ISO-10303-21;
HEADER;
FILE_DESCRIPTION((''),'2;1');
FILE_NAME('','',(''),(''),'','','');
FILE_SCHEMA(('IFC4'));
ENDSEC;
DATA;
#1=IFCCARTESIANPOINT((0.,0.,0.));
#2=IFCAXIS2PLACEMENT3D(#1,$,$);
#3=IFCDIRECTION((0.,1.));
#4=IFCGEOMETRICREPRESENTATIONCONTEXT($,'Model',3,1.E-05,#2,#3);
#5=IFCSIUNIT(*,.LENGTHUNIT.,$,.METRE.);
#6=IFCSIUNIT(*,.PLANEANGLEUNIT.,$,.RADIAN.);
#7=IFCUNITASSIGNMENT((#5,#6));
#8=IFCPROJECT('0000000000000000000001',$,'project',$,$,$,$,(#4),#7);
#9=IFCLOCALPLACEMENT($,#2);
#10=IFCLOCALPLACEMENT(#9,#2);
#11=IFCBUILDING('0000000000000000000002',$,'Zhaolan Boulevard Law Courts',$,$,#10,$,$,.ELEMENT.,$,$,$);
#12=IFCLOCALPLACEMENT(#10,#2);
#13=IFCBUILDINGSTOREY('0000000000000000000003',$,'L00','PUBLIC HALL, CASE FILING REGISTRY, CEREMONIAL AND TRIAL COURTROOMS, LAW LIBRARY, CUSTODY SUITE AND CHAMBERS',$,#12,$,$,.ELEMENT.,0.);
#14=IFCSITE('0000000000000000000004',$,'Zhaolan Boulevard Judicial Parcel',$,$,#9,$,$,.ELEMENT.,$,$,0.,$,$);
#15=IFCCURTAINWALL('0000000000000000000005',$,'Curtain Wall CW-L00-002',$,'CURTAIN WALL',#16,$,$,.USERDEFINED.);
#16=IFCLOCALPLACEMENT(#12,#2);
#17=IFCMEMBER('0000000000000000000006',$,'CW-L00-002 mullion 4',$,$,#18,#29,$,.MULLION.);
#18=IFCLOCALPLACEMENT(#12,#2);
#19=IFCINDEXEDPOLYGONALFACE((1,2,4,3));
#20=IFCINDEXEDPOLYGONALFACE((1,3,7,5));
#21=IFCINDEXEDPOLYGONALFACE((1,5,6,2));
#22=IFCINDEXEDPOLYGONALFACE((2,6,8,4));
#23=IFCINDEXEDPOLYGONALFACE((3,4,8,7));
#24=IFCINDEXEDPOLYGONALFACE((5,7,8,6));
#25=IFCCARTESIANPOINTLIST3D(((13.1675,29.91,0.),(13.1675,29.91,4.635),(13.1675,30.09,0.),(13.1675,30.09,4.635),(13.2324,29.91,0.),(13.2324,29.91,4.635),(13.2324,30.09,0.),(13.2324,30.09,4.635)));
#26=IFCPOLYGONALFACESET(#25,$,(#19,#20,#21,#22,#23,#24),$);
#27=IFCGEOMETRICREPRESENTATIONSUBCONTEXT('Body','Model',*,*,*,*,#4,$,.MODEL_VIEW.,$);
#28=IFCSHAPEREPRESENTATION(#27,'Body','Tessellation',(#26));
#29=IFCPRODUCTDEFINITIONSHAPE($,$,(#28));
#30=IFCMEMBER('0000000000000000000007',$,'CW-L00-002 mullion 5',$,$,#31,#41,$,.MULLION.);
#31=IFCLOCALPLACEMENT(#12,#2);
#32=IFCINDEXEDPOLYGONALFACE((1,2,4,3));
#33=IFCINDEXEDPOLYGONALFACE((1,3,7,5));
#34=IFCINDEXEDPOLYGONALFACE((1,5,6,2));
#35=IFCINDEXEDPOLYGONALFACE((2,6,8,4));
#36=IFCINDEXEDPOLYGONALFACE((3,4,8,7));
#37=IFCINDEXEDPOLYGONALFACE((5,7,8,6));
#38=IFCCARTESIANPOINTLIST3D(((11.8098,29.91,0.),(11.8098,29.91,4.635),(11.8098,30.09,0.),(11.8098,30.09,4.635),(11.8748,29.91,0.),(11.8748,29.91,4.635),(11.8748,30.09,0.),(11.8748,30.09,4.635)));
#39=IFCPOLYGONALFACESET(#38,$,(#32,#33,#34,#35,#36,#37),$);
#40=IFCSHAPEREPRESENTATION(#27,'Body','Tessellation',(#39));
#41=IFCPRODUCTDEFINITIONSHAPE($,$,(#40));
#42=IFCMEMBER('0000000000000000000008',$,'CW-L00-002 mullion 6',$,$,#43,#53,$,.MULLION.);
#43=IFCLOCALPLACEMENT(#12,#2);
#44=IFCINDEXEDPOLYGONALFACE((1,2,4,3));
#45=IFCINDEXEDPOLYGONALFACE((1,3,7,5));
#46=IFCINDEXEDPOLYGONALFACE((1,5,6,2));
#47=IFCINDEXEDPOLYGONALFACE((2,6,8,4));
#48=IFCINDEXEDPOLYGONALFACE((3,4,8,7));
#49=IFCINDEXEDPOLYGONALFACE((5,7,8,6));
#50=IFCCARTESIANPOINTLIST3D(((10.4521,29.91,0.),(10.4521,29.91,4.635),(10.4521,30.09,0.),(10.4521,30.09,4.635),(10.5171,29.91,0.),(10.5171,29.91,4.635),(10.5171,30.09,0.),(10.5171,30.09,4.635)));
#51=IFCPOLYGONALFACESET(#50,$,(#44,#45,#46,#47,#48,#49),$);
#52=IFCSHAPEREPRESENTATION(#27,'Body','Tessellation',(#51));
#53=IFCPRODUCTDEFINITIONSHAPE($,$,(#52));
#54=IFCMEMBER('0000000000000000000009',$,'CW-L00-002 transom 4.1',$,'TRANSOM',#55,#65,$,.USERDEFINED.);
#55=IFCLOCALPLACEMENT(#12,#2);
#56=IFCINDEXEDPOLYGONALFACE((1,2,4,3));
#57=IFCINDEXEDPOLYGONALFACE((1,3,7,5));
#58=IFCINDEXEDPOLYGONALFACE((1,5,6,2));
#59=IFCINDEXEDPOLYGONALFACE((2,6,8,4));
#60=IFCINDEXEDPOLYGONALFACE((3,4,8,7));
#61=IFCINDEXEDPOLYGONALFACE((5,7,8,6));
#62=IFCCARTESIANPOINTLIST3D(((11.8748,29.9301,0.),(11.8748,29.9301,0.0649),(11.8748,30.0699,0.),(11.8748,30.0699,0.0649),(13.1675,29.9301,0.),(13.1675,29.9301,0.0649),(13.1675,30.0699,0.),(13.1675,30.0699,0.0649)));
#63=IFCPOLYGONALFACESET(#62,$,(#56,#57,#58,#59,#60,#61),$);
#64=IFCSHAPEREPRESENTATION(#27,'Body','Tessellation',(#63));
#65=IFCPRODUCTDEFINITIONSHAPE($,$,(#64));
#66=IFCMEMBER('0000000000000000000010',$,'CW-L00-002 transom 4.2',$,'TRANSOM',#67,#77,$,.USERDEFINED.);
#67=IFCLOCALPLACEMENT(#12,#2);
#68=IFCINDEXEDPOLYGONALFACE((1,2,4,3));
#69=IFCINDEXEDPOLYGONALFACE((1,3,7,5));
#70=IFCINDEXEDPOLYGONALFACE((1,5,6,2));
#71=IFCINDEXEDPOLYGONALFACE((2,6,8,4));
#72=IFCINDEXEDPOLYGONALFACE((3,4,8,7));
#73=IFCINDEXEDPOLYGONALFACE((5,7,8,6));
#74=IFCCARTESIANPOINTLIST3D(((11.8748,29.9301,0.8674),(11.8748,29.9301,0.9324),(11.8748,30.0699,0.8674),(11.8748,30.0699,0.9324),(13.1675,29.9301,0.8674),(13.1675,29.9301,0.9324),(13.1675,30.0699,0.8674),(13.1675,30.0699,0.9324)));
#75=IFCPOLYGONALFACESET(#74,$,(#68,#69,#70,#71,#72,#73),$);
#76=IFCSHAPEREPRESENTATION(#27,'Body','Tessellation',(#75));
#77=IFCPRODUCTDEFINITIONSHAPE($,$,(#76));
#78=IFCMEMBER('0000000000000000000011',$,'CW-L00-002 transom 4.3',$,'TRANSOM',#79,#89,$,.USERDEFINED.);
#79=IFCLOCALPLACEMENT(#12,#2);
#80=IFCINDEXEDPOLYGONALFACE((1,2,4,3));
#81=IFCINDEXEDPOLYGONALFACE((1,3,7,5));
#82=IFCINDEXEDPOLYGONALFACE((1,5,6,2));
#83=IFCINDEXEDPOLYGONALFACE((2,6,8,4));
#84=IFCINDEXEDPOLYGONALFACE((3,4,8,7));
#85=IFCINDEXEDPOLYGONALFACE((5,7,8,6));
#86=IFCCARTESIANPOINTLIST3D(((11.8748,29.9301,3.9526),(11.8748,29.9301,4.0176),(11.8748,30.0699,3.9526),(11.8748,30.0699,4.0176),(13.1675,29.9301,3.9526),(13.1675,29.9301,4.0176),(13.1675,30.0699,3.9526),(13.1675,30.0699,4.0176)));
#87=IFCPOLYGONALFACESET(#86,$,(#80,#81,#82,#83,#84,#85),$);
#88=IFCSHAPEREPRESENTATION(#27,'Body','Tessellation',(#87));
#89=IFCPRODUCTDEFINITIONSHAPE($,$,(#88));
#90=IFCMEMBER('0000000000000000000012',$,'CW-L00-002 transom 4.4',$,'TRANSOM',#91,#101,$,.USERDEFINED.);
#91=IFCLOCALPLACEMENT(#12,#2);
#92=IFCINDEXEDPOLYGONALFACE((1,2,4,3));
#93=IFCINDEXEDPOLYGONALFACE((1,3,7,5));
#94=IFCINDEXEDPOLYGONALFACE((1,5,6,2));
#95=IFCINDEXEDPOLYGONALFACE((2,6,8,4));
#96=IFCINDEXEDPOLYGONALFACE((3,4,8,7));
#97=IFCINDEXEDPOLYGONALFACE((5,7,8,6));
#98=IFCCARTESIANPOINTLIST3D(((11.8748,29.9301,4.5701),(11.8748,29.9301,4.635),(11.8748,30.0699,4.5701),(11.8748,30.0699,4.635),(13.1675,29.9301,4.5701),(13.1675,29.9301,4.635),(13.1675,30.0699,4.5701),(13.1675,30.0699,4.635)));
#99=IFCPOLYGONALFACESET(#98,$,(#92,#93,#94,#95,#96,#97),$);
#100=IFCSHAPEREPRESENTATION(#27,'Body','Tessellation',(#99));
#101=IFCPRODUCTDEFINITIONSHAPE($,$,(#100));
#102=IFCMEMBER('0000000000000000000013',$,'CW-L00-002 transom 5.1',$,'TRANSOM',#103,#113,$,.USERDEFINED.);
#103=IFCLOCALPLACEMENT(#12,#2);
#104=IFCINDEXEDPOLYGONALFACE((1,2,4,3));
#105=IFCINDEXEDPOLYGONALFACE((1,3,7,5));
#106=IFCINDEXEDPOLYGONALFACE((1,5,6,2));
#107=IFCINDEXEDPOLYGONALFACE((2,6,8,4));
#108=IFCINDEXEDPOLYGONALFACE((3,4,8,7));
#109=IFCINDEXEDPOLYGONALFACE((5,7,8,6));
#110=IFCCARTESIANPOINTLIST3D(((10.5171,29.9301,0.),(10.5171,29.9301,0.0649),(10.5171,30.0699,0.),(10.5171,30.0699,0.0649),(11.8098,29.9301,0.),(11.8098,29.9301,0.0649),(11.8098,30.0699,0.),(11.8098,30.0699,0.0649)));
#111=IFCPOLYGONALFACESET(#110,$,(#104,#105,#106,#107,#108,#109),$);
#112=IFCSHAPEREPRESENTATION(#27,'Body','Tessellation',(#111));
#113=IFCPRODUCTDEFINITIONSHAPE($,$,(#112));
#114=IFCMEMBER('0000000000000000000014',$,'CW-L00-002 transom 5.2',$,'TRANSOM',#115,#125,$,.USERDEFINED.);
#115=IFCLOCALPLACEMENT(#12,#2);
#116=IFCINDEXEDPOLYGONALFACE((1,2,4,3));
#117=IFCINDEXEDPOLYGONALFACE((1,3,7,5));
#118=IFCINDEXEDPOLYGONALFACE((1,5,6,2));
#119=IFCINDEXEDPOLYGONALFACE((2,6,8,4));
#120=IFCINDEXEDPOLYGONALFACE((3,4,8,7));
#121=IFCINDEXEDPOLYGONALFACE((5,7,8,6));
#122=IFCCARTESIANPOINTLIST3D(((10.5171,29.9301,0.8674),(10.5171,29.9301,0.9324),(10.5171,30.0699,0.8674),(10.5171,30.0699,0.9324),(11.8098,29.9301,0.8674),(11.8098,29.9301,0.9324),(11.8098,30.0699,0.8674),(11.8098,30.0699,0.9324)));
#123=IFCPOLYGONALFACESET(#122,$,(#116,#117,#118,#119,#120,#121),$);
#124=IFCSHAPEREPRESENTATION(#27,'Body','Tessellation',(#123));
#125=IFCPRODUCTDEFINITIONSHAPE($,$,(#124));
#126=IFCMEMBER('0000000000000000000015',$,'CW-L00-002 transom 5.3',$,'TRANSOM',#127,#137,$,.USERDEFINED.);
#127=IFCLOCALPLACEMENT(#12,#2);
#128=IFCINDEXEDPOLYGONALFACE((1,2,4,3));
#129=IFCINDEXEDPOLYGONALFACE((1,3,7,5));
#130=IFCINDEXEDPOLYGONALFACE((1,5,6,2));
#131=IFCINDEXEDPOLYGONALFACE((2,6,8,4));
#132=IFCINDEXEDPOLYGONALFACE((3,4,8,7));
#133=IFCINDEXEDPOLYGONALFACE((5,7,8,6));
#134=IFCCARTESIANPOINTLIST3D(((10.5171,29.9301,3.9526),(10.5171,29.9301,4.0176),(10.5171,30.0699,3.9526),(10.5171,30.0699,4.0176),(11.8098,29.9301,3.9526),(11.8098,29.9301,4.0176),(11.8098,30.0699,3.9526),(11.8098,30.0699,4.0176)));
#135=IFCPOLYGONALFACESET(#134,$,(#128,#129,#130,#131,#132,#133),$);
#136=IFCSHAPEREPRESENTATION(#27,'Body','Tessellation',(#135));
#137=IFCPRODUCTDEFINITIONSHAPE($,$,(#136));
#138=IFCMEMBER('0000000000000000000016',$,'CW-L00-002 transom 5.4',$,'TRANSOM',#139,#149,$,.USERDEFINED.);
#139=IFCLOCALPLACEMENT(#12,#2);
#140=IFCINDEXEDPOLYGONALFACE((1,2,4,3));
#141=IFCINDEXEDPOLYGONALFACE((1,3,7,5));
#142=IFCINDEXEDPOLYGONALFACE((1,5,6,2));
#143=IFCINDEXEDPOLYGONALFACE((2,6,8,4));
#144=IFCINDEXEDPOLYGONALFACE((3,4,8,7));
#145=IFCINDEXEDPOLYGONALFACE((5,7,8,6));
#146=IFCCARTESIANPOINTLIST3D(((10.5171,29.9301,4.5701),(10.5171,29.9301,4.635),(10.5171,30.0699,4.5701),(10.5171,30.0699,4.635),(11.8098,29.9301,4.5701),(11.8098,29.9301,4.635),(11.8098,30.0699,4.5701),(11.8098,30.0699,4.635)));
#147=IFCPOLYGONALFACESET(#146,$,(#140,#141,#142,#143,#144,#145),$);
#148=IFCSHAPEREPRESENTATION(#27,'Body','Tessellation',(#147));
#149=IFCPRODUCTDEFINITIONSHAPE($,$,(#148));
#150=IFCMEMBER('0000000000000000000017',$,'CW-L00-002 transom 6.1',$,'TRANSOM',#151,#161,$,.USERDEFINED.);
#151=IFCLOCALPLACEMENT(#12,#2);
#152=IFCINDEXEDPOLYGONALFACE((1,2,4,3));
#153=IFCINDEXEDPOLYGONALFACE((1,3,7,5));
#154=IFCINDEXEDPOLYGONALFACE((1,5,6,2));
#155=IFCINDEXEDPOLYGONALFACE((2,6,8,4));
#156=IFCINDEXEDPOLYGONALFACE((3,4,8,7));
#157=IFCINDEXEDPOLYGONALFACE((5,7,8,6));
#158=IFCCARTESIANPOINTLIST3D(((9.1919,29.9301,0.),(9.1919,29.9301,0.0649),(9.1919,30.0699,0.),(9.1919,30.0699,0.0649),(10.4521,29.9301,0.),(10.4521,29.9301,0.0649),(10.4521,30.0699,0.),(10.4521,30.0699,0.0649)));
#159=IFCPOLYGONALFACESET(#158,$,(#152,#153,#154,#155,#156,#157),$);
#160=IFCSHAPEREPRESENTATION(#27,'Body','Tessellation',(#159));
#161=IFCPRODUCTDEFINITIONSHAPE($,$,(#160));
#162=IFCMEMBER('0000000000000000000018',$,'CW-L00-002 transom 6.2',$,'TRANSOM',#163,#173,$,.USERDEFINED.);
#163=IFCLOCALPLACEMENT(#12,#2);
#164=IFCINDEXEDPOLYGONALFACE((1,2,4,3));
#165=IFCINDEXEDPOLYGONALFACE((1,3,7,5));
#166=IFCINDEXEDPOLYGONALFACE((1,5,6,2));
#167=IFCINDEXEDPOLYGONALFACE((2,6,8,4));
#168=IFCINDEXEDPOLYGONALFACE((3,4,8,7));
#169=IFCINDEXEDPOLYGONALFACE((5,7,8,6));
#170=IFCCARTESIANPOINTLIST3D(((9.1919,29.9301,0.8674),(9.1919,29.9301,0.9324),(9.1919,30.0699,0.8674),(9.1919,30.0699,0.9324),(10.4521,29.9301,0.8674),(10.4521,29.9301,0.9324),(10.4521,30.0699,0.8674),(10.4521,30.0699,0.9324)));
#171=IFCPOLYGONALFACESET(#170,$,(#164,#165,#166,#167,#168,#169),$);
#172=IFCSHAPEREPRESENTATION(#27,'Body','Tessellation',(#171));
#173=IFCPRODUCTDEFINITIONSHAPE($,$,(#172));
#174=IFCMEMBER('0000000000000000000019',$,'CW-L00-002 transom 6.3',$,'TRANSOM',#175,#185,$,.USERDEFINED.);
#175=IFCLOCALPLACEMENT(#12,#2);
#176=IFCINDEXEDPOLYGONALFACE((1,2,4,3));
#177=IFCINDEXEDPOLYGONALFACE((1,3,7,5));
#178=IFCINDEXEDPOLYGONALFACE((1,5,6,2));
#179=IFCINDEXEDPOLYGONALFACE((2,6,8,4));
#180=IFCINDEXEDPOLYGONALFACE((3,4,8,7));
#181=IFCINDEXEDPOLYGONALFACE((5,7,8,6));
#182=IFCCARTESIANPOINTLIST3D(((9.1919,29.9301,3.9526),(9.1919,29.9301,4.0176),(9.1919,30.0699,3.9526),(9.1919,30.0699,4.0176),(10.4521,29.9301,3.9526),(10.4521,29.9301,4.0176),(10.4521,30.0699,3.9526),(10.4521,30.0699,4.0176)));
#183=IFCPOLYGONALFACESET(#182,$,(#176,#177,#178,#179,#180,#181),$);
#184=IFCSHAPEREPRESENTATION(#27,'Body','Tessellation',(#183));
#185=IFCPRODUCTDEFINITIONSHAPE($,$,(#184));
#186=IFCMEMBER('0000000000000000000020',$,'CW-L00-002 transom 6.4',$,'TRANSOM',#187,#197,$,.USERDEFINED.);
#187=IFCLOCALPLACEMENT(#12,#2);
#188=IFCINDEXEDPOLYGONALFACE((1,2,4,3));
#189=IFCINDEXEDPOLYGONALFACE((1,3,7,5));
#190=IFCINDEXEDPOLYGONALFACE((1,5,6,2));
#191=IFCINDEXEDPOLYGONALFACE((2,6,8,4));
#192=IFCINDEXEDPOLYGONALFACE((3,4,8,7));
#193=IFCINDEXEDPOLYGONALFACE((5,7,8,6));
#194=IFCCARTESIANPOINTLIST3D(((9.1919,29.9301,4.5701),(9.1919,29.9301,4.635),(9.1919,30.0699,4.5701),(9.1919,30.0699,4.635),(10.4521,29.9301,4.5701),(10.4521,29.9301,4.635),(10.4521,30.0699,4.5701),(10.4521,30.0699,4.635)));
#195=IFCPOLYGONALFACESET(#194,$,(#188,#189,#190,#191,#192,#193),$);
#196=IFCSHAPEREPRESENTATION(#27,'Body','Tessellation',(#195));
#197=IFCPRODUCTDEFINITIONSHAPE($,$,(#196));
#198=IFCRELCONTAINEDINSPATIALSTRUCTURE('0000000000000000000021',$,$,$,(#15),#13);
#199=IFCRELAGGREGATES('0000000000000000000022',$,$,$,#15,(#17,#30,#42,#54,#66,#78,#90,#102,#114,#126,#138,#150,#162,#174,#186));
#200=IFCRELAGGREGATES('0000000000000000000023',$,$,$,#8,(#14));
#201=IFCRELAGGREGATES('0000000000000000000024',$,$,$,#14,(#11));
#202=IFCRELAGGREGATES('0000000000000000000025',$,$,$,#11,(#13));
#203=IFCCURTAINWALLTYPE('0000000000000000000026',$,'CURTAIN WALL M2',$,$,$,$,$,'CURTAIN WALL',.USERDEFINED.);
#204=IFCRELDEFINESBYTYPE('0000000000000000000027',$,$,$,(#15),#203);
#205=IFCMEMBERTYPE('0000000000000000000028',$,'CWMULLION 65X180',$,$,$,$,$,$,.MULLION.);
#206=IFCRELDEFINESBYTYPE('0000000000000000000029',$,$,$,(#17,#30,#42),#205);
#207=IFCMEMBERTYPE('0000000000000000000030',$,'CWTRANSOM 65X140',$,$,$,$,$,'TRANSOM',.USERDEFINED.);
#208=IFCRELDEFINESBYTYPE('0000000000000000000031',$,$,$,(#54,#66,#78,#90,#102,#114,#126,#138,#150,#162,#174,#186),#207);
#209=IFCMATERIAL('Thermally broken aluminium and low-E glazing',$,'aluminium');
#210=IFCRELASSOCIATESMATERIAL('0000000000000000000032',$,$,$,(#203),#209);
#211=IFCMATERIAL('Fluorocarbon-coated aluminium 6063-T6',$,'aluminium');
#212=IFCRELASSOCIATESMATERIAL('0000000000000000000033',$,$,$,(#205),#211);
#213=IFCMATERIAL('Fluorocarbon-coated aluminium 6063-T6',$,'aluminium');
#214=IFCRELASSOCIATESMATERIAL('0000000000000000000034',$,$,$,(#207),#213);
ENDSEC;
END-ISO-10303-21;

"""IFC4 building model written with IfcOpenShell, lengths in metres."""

from ifc_helpers import new_model, si_unit, direction, frame, origin, origin_2d, place, context, subcontext, project, spatial, rectangle, extrude, material, material_profile, profile_set, type_object, element, aggregate, save


model = new_model("IFC4")

# Units and contexts
model_context = context("Model", 3, precision=1e-05, world=origin(), true_north=direction((0.0, 1.0)))
body_context = subcontext(model_context, "Body", "Model", "MODEL_VIEW")
ifc_project = project(units=[si_unit("LENGTHUNIT", "METRE"), si_unit("PLANEANGLEUNIT", "RADIAN")], contexts=[model_context])

# Site, building, storey
site_placement = place(None, origin())
site = spatial("IfcSite", under=ifc_project, at=site_placement, Name="Zhaolan Boulevard Judicial Parcel", CompositionType="ELEMENT", RefElevation=0.0)
building_placement = place(site_placement, origin())
building = spatial("IfcBuilding", under=site, at=building_placement, Name="Zhaolan Boulevard Law Courts", CompositionType="ELEMENT")
storey_placement = place(building_placement, origin())
storey = spatial("IfcBuildingStorey", under=building, at=storey_placement, Name="L00", Description="PUBLIC HALL, CASE FILING REGISTRY, CEREMONIAL AND TRIAL COURTROOMS, LAW LIBRARY, CUSTODY SUITE AND CHAMBERS", CompositionType="ELEMENT", Elevation=0.0)

# Curtain wall, members
ifc_material_1 = material(Name="Thermally broken aluminium and low-E glazing", Category="aluminium")
curtain_wall_type = type_object("IfcCurtainWallType", Name="CURTAIN WALL M2", ElementType="CURTAIN WALL", PredefinedType="USERDEFINED", material=ifc_material_1)
curtain_wall_placement = place(storey_placement, origin())
curtain_wall = element("IfcCurtainWall", 1, at=curtain_wall_placement, inside=storey, type_object=curtain_wall_type, Name="Curtain Wall CW-L00-002", ObjectType="CURTAIN WALL", PredefinedType="USERDEFINED")
ifc_material_2 = material(Name="Fluorocarbon-coated aluminium 6063-T6", Category="aluminium")
ifc_material_profile_1 = material_profile(ifc_material_2, rectangle(XDim=0.1799, YDim=0.0649, at=origin_2d()), Name="AL65x180")
ifc_profile_set_1 = profile_set([ifc_material_profile_1], Name="Fluorocarbon-coated aluminium 6063-T6")
member_type_1 = type_object("IfcMemberType", Name="CWMULLION 65X180", PredefinedType="MULLION", material=ifc_profile_set_1)
member_1_placement = place(storey_placement, frame((13.2, 30.0, 0.0), z_axis=(0.0, 0.0, 1.0), x_axis=(0.0, -1.0, 0.0)))
member_1 = element("IfcMember", 2, at=member_1_placement, type_object=member_type_1, Name="CW-L00-002 mullion 4", PredefinedType="MULLION", context=body_context, shape_type="SweptSolid", body=[
    extrude(rectangle(XDim=0.1799, YDim=0.0649, at=origin_2d()), origin(), (0.0, 0.0, 1.0), 4.635),
])
member_2_placement = place(storey_placement, frame((11.8423, 30.0, 0.0), z_axis=(0.0, 0.0, 1.0), x_axis=(0.0, -1.0, 0.0)))
member_2 = element("IfcMember", 3, at=member_2_placement, type_object=member_type_1, Name="CW-L00-002 mullion 5", PredefinedType="MULLION", context=body_context, shape_type="SweptSolid", body=[
    extrude(rectangle(XDim=0.1799, YDim=0.0649, at=origin_2d()), origin(), (0.0, 0.0, 1.0), 4.635),
])
member_3_placement = place(storey_placement, frame((10.4846, 30.0, 0.0), z_axis=(0.0, 0.0, 1.0), x_axis=(0.0, -1.0, 0.0)))
member_3 = element("IfcMember", 4, at=member_3_placement, type_object=member_type_1, Name="CW-L00-002 mullion 6", PredefinedType="MULLION", context=body_context, shape_type="SweptSolid", body=[
    extrude(rectangle(XDim=0.1799, YDim=0.0649, at=origin_2d()), origin(), (0.0, 0.0, 1.0), 4.635),
])
ifc_material_3 = material(Name="Fluorocarbon-coated aluminium 6063-T6", Category="aluminium")
ifc_material_profile_2 = material_profile(ifc_material_3, rectangle(XDim=0.1399, YDim=0.0649, at=origin_2d()), Name="AL65x140")
ifc_profile_set_2 = profile_set([ifc_material_profile_2], Name="Fluorocarbon-coated aluminium 6063-T6")
member_type_2 = type_object("IfcMemberType", Name="CWTRANSOM 65X140", ElementType="TRANSOM", PredefinedType="USERDEFINED", material=ifc_profile_set_2)
member_4_placement = place(storey_placement, frame((13.1675, 30.0, 0.0325), z_axis=(-1.0, 0.0, 0.0), x_axis=(0.0, -1.0, 0.0)))
member_4 = element("IfcMember", 5, at=member_4_placement, type_object=member_type_2, Name="CW-L00-002 transom 4.1", ObjectType="TRANSOM", PredefinedType="USERDEFINED", context=body_context, shape_type="SweptSolid", body=[
    extrude(rectangle(XDim=0.1399, YDim=0.0649, at=origin_2d()), origin(), (0.0, 0.0, 1.0), 1.2927),
])
member_5_placement = place(storey_placement, frame((13.1675, 30.0, 0.8999), z_axis=(-1.0, 0.0, 0.0), x_axis=(0.0, -1.0, 0.0)))
member_5 = element("IfcMember", 6, at=member_5_placement, type_object=member_type_2, Name="CW-L00-002 transom 4.2", ObjectType="TRANSOM", PredefinedType="USERDEFINED", context=body_context, shape_type="SweptSolid", body=[
    extrude(rectangle(XDim=0.1399, YDim=0.0649, at=origin_2d()), origin(), (0.0, 0.0, 1.0), 1.2927),
])
member_6_placement = place(storey_placement, frame((13.1675, 30.0, 3.9851), z_axis=(-1.0, 0.0, 0.0), x_axis=(0.0, -1.0, 0.0)))
member_6 = element("IfcMember", 7, at=member_6_placement, type_object=member_type_2, Name="CW-L00-002 transom 4.3", ObjectType="TRANSOM", PredefinedType="USERDEFINED", context=body_context, shape_type="SweptSolid", body=[
    extrude(rectangle(XDim=0.1399, YDim=0.0649, at=origin_2d()), origin(), (0.0, 0.0, 1.0), 1.2927),
])
member_7_placement = place(storey_placement, frame((13.1675, 30.0, 4.6025), z_axis=(-1.0, 0.0, 0.0), x_axis=(0.0, -1.0, 0.0)))
member_7 = element("IfcMember", 8, at=member_7_placement, type_object=member_type_2, Name="CW-L00-002 transom 4.4", ObjectType="TRANSOM", PredefinedType="USERDEFINED", context=body_context, shape_type="SweptSolid", body=[
    extrude(rectangle(XDim=0.1399, YDim=0.0649, at=origin_2d()), origin(), (0.0, 0.0, 1.0), 1.2927),
])
member_8_placement = place(storey_placement, frame((11.8098, 30.0, 0.0325), z_axis=(-1.0, 0.0, 0.0), x_axis=(0.0, -1.0, 0.0)))
member_8 = element("IfcMember", 9, at=member_8_placement, type_object=member_type_2, Name="CW-L00-002 transom 5.1", ObjectType="TRANSOM", PredefinedType="USERDEFINED", context=body_context, shape_type="SweptSolid", body=[
    extrude(rectangle(XDim=0.1399, YDim=0.0649, at=origin_2d()), origin(), (0.0, 0.0, 1.0), 1.2927),
])
member_9_placement = place(storey_placement, frame((11.8098, 30.0, 0.8999), z_axis=(-1.0, 0.0, 0.0), x_axis=(0.0, -1.0, 0.0)))
member_9 = element("IfcMember", 10, at=member_9_placement, type_object=member_type_2, Name="CW-L00-002 transom 5.2", ObjectType="TRANSOM", PredefinedType="USERDEFINED", context=body_context, shape_type="SweptSolid", body=[
    extrude(rectangle(XDim=0.1399, YDim=0.0649, at=origin_2d()), origin(), (0.0, 0.0, 1.0), 1.2927),
])
member_10_placement = place(storey_placement, frame((11.8098, 30.0, 3.9851), z_axis=(-1.0, 0.0, 0.0), x_axis=(0.0, -1.0, 0.0)))
member_10 = element("IfcMember", 11, at=member_10_placement, type_object=member_type_2, Name="CW-L00-002 transom 5.3", ObjectType="TRANSOM", PredefinedType="USERDEFINED", context=body_context, shape_type="SweptSolid", body=[
    extrude(rectangle(XDim=0.1399, YDim=0.0649, at=origin_2d()), origin(), (0.0, 0.0, 1.0), 1.2927),
])
member_11_placement = place(storey_placement, frame((11.8098, 30.0, 4.6025), z_axis=(-1.0, 0.0, 0.0), x_axis=(0.0, -1.0, 0.0)))
member_11 = element("IfcMember", 12, at=member_11_placement, type_object=member_type_2, Name="CW-L00-002 transom 5.4", ObjectType="TRANSOM", PredefinedType="USERDEFINED", context=body_context, shape_type="SweptSolid", body=[
    extrude(rectangle(XDim=0.1399, YDim=0.0649, at=origin_2d()), origin(), (0.0, 0.0, 1.0), 1.2927),
])
member_12_placement = place(storey_placement, frame((10.4521, 30.0, 0.0325), z_axis=(-1.0, 0.0, 0.0), x_axis=(0.0, -1.0, 0.0)))
member_12 = element("IfcMember", 13, at=member_12_placement, type_object=member_type_2, Name="CW-L00-002 transom 6.1", ObjectType="TRANSOM", PredefinedType="USERDEFINED", context=body_context, shape_type="SweptSolid", body=[
    extrude(rectangle(XDim=0.1399, YDim=0.0649, at=origin_2d()), origin(), (0.0, 0.0, 1.0), 1.2603),
])
member_13_placement = place(storey_placement, frame((10.4521, 30.0, 0.8999), z_axis=(-1.0, 0.0, 0.0), x_axis=(0.0, -1.0, 0.0)))
member_13 = element("IfcMember", 14, at=member_13_placement, type_object=member_type_2, Name="CW-L00-002 transom 6.2", ObjectType="TRANSOM", PredefinedType="USERDEFINED", context=body_context, shape_type="SweptSolid", body=[
    extrude(rectangle(XDim=0.1399, YDim=0.0649, at=origin_2d()), origin(), (0.0, 0.0, 1.0), 1.2603),
])
member_14_placement = place(storey_placement, frame((10.4521, 30.0, 3.9851), z_axis=(-1.0, 0.0, 0.0), x_axis=(0.0, -1.0, 0.0)))
member_14 = element("IfcMember", 15, at=member_14_placement, type_object=member_type_2, Name="CW-L00-002 transom 6.3", ObjectType="TRANSOM", PredefinedType="USERDEFINED", context=body_context, shape_type="SweptSolid", body=[
    extrude(rectangle(XDim=0.1399, YDim=0.0649, at=origin_2d()), origin(), (0.0, 0.0, 1.0), 1.2603),
])
member_15_placement = place(storey_placement, frame((10.4521, 30.0, 4.6025), z_axis=(-1.0, 0.0, 0.0), x_axis=(0.0, -1.0, 0.0)))
member_15 = element("IfcMember", 16, at=member_15_placement, type_object=member_type_2, Name="CW-L00-002 transom 6.4", ObjectType="TRANSOM", PredefinedType="USERDEFINED", context=body_context, shape_type="SweptSolid", body=[
    extrude(rectangle(XDim=0.1399, YDim=0.0649, at=origin_2d()), origin(), (0.0, 0.0, 1.0), 1.2603),
])
aggregate(curtain_wall, [member_1, member_2, member_3, member_4, member_5, member_6, member_7, member_8, member_9, member_10, member_11, member_12, member_13, member_14, member_15])

save(model, "model.ifc")
